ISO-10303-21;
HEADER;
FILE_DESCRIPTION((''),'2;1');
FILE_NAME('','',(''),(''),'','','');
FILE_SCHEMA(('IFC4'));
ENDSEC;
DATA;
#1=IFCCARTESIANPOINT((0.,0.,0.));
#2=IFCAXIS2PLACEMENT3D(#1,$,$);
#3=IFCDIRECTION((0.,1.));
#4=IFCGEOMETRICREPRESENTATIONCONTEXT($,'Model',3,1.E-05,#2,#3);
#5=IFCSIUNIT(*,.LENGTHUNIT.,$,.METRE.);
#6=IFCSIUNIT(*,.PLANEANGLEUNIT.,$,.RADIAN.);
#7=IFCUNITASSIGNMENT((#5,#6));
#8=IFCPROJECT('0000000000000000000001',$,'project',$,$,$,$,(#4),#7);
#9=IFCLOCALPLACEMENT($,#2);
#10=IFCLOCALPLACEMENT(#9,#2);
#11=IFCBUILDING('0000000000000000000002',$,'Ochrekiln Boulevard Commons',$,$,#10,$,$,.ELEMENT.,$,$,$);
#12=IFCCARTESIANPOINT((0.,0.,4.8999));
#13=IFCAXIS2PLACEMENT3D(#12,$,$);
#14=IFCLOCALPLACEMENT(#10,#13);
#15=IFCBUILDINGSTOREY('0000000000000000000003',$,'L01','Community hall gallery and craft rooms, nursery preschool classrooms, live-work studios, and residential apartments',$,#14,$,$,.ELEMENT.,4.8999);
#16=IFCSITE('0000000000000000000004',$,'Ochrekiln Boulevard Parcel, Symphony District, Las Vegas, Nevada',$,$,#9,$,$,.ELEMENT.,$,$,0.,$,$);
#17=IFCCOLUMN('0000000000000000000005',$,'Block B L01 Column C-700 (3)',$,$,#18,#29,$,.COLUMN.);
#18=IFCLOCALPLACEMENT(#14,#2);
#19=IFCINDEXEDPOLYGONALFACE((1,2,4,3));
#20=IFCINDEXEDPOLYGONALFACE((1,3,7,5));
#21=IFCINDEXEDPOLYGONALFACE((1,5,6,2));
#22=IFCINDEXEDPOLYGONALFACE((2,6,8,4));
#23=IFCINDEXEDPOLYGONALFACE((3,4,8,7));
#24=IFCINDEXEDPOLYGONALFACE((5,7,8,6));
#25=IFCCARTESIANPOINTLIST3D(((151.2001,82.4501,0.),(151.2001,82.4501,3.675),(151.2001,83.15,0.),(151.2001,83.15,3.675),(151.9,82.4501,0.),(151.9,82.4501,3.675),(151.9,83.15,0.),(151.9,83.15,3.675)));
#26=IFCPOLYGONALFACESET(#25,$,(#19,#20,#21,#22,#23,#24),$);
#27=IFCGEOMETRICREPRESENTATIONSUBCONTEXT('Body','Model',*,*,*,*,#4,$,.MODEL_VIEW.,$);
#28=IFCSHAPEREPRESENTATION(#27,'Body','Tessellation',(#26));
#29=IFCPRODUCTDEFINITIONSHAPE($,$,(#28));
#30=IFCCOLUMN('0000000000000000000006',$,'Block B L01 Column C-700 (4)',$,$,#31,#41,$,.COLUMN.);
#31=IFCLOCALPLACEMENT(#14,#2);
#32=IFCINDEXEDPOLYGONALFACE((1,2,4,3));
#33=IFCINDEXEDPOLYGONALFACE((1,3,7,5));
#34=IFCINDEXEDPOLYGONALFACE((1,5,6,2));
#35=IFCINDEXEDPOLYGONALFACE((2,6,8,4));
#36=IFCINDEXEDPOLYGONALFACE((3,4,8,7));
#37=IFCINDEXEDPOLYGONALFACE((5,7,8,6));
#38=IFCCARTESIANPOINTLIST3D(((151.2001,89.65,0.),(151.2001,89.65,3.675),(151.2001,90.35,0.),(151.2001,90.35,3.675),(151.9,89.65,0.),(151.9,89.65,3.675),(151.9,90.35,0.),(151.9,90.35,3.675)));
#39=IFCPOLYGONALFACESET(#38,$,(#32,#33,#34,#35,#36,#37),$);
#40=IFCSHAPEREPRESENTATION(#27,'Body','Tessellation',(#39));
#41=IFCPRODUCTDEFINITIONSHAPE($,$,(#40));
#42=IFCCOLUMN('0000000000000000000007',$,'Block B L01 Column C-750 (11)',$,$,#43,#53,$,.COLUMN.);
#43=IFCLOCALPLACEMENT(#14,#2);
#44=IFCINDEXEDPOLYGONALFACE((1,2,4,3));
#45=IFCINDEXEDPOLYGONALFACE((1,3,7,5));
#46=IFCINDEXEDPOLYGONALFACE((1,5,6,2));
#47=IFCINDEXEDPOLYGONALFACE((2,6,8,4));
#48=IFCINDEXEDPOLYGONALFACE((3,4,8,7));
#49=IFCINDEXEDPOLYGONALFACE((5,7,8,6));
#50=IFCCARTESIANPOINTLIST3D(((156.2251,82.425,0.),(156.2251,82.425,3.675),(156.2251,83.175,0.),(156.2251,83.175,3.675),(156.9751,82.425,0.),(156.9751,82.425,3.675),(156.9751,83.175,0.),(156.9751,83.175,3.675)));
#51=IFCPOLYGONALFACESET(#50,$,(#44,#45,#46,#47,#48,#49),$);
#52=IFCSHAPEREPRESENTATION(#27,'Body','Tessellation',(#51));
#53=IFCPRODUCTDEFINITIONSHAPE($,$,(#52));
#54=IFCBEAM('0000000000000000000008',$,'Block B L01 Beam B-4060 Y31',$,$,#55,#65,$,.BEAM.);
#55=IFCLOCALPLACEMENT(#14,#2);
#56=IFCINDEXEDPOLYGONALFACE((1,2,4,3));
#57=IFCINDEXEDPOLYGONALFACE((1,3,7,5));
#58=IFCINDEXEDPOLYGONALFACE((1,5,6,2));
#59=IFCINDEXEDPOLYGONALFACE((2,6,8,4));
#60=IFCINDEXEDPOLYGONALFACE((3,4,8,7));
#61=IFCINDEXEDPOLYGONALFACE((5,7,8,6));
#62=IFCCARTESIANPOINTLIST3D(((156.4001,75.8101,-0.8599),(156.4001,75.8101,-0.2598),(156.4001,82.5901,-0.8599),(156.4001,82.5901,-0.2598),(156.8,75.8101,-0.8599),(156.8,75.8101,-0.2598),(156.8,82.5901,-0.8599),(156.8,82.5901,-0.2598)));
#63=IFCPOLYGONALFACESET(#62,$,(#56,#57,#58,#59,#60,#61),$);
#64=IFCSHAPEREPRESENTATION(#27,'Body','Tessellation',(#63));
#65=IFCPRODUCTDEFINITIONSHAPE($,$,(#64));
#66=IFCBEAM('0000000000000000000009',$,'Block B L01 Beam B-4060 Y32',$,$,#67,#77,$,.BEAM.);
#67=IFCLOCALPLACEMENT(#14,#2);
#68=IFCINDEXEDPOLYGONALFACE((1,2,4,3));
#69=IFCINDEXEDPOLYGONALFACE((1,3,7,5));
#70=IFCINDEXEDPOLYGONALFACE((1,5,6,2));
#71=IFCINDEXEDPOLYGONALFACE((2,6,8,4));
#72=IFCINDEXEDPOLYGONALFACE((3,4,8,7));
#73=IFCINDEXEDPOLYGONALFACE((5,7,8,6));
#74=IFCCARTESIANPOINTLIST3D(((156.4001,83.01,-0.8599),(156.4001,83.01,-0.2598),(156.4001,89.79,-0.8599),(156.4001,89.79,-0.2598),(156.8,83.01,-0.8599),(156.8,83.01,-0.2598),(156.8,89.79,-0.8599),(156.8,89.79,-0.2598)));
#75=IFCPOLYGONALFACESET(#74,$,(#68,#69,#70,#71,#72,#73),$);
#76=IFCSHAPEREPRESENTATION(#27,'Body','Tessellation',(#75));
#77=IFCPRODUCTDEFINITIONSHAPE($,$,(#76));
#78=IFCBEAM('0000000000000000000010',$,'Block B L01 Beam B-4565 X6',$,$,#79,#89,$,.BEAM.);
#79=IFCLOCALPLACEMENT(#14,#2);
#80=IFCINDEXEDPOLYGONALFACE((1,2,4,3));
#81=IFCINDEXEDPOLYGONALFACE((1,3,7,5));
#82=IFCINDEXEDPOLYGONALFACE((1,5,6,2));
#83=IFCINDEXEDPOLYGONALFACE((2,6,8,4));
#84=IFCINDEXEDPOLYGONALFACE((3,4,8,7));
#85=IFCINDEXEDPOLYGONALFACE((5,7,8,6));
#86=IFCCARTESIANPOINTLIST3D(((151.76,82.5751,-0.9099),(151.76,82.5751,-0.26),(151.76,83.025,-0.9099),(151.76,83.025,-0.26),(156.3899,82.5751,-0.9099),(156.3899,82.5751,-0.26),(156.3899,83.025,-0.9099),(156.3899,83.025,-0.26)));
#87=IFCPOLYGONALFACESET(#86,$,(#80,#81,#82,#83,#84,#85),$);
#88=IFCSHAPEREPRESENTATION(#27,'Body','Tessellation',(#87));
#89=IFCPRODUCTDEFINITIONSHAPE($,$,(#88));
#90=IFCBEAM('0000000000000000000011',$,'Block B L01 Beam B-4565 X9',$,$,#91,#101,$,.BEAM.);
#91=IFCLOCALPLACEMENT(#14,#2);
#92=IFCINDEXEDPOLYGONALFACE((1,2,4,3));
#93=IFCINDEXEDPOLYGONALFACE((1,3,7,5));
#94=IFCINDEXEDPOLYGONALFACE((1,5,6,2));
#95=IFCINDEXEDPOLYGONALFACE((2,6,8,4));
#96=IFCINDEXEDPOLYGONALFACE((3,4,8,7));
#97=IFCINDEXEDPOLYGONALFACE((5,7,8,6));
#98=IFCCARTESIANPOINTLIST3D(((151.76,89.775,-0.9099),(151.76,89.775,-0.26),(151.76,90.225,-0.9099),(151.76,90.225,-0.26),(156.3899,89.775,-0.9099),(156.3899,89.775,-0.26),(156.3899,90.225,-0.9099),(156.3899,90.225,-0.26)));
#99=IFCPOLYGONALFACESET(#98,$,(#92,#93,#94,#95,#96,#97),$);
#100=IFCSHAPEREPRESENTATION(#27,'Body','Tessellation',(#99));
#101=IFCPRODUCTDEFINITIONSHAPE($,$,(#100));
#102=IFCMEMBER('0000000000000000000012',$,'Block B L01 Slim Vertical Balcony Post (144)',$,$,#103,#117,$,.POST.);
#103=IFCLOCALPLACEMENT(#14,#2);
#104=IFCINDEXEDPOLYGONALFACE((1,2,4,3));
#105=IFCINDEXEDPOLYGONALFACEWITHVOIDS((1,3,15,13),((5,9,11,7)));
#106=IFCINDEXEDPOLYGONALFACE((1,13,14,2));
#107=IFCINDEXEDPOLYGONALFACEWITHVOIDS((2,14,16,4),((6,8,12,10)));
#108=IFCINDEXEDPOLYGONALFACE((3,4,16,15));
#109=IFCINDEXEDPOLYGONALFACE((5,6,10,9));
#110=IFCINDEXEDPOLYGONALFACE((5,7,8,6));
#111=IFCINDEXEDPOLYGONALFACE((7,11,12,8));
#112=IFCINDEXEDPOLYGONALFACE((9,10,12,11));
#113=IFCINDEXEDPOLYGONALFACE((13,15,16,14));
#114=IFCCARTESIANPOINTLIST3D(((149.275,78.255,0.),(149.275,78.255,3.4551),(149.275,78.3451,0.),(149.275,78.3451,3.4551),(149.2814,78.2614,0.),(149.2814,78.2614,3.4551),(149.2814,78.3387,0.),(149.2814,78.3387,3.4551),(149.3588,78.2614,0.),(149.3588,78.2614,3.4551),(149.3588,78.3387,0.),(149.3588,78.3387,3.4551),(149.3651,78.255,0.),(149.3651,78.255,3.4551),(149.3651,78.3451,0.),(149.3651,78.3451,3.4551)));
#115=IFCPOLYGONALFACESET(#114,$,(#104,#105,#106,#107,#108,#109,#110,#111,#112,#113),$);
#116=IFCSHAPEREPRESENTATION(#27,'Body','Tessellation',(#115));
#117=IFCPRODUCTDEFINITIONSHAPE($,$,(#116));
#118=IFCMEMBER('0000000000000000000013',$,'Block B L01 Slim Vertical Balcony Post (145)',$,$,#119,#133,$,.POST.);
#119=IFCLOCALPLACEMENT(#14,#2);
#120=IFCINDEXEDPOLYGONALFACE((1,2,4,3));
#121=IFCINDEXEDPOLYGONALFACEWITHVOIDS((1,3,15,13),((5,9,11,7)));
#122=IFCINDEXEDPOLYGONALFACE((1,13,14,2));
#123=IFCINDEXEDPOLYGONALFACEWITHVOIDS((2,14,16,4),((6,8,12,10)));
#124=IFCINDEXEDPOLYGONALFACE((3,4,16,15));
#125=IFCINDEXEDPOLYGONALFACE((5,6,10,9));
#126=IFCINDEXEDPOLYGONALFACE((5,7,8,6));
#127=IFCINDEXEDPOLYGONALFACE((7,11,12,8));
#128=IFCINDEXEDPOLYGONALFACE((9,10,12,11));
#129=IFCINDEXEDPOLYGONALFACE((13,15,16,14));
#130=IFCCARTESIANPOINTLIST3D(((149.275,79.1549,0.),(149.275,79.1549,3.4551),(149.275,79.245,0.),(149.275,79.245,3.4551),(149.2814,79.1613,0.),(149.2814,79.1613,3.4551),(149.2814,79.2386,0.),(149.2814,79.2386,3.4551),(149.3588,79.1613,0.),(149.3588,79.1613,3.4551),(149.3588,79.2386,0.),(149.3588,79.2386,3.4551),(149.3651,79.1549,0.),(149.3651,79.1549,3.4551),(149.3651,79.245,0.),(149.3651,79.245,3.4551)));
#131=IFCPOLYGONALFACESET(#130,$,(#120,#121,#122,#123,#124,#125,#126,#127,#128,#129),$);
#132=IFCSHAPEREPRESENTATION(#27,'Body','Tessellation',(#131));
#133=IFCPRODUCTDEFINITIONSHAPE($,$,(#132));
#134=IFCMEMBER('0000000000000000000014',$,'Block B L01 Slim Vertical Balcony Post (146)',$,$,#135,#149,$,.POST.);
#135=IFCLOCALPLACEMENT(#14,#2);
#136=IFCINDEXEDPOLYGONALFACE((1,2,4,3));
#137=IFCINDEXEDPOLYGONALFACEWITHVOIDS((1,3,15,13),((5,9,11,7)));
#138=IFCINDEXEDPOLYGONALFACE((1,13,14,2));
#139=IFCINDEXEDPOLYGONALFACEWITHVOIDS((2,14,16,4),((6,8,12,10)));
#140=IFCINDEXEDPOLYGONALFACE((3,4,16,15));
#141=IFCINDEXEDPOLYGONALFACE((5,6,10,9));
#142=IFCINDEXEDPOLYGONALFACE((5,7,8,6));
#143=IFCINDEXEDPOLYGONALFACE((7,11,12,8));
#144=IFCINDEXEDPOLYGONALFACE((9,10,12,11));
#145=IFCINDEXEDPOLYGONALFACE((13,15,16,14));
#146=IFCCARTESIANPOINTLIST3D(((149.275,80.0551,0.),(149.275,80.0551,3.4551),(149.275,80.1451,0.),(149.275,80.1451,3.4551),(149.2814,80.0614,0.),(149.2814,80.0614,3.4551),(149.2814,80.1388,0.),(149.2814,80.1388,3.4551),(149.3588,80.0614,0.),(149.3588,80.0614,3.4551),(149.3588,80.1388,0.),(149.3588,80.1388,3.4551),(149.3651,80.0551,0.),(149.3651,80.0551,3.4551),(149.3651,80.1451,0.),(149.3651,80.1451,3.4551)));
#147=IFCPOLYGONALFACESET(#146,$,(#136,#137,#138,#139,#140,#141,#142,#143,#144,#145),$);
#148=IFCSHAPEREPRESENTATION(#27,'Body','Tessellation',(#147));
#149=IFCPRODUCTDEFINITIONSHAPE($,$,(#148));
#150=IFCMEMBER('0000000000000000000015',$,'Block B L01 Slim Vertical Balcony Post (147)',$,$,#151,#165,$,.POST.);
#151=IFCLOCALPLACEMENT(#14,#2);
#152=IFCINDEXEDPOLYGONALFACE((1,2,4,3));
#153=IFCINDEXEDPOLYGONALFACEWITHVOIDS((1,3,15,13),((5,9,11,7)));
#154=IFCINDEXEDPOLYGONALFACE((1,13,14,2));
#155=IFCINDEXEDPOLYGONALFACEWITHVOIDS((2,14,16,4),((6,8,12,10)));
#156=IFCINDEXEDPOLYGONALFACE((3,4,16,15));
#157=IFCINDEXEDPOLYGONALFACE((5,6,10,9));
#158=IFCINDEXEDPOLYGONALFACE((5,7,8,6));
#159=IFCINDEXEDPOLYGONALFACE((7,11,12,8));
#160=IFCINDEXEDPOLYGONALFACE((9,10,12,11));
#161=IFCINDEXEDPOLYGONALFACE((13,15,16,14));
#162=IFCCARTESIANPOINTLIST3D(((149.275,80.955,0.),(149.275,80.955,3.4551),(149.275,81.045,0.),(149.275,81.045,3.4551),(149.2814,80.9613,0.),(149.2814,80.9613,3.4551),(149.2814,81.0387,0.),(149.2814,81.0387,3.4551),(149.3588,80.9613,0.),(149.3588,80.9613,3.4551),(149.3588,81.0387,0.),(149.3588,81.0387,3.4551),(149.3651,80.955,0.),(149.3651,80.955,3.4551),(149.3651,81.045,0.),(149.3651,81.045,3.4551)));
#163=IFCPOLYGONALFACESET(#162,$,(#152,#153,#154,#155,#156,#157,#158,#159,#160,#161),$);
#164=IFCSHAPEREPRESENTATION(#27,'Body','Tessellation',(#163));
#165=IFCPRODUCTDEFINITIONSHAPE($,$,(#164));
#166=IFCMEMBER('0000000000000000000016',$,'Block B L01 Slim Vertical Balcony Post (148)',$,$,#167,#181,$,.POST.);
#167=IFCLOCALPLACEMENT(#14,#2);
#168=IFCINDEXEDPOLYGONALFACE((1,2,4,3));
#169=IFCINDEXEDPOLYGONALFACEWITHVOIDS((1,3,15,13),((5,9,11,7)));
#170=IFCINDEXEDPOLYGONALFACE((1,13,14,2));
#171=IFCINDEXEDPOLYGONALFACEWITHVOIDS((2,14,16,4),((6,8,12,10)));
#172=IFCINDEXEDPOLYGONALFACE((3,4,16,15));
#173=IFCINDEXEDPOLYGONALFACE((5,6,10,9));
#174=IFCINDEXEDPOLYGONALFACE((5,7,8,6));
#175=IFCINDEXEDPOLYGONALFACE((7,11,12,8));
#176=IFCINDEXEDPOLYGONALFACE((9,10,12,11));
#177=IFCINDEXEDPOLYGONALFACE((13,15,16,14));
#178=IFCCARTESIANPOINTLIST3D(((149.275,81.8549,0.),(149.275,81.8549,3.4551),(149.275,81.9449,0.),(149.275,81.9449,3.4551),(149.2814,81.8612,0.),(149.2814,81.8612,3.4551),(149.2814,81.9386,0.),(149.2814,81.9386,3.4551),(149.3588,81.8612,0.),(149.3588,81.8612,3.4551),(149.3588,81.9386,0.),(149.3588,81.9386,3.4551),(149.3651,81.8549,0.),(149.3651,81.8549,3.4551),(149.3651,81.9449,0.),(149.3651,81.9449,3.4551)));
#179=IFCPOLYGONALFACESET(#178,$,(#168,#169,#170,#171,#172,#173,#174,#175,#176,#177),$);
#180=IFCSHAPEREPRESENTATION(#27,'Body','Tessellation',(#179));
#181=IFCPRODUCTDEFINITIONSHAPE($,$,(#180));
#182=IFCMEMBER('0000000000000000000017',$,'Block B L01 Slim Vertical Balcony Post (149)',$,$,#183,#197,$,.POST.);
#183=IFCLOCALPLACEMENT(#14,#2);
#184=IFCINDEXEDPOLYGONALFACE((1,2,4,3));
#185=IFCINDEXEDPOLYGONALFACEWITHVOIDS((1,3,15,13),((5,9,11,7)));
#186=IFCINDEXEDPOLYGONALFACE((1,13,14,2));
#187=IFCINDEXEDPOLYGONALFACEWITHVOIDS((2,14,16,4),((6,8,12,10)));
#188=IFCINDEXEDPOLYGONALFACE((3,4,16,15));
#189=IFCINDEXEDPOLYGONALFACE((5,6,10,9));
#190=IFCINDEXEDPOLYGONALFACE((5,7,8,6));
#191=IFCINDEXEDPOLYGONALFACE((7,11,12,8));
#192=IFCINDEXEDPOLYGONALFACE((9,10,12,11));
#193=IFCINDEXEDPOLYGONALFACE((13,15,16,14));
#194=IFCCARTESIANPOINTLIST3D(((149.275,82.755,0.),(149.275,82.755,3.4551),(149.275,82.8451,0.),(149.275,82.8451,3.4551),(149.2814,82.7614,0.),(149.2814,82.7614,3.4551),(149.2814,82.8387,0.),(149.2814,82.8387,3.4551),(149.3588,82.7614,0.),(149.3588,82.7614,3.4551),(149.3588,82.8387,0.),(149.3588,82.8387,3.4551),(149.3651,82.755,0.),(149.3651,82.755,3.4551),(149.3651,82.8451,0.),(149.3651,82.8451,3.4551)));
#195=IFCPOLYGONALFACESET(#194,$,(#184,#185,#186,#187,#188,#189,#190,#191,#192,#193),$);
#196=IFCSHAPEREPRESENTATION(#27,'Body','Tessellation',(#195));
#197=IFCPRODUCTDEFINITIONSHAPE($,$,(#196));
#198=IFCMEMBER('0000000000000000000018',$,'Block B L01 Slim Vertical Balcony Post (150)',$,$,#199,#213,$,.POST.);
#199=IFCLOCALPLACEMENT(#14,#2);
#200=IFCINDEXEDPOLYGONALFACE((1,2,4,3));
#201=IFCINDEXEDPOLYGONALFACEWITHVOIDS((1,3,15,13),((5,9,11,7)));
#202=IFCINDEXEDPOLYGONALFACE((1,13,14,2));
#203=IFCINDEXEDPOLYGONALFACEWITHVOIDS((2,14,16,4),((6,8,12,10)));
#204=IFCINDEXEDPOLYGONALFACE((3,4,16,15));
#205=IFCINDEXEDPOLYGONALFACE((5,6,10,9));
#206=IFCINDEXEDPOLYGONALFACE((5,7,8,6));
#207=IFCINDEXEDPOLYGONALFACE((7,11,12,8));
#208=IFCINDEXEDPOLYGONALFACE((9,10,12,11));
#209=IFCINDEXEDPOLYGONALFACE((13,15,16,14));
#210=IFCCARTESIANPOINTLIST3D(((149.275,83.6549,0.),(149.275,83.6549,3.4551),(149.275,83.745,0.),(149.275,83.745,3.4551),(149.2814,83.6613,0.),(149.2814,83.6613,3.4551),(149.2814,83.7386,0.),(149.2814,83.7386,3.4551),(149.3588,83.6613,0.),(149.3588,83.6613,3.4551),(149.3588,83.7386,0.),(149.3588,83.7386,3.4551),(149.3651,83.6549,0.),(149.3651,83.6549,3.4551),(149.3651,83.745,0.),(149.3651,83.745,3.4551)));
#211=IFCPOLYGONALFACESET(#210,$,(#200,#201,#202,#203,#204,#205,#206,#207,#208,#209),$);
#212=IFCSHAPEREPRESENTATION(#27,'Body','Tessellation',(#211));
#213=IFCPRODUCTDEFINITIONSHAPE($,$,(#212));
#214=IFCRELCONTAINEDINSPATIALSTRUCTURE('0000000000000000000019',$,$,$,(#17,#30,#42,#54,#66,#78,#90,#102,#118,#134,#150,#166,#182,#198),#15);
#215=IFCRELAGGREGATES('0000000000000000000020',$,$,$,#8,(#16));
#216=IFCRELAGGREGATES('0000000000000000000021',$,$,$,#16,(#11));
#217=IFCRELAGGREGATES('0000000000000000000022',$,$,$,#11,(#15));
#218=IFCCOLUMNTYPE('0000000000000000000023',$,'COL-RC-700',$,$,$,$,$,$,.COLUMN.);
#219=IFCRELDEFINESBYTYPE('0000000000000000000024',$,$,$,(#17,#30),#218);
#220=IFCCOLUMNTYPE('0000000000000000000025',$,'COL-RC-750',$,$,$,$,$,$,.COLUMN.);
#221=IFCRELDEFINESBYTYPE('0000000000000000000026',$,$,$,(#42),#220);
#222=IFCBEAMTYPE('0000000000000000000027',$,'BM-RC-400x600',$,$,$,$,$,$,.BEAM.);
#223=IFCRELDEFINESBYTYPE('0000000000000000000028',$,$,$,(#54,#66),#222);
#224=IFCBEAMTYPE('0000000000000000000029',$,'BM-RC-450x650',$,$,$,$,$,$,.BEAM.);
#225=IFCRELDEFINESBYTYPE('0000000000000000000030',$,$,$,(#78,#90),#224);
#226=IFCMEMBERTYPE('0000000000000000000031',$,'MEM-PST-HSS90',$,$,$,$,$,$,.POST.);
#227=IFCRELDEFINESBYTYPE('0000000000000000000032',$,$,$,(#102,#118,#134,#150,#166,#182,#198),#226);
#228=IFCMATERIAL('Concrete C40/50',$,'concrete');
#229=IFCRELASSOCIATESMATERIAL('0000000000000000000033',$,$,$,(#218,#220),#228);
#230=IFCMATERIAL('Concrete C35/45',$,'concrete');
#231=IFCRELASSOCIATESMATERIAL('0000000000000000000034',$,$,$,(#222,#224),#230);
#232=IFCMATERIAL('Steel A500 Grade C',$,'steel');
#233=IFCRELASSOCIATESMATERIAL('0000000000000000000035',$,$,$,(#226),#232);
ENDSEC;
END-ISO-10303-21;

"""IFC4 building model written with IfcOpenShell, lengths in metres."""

from ifc_helpers import new_model, si_unit, direction, frame, origin, origin_2d, place, context, subcontext, project, spatial, rectangle, hollow_rectangle, extrude, material, material_profile, profile_set, type_object, element, save


model = new_model("IFC4")

# Units and contexts
model_context = context("Model", 3, precision=1e-05, world=origin(), true_north=direction((0.0, 1.0)))
body_context = subcontext(model_context, "Body", "Model", "MODEL_VIEW")
ifc_project = project(units=[si_unit("LENGTHUNIT", "METRE"), si_unit("PLANEANGLEUNIT", "RADIAN")], contexts=[model_context])

# Site, building, storey
site_placement = place(None, origin())
site = spatial("IfcSite", under=ifc_project, at=site_placement, Name="Ochrekiln Boulevard Parcel, Symphony District, Las Vegas, Nevada", CompositionType="ELEMENT", RefElevation=0.0)
building_placement = place(site_placement, origin())
building = spatial("IfcBuilding", under=site, at=building_placement, Name="Ochrekiln Boulevard Commons", CompositionType="ELEMENT")
storey_placement = place(building_placement, frame((0.0, 0.0, 4.8999)))
storey = spatial("IfcBuildingStorey", under=building, at=storey_placement, Name="L01", Description="Community hall gallery and craft rooms, nursery preschool classrooms, live-work studios, and residential apartments", CompositionType="ELEMENT", Elevation=4.8999)

# Columns
ifc_material_1 = material(Name="Concrete C40/50", Category="concrete")
ifc_material_profile_1 = material_profile(ifc_material_1, rectangle(XDim=0.7, YDim=0.7, at=origin_2d()), Name="RC-COL-700x700")
ifc_profile_set_1 = profile_set([ifc_material_profile_1], Name="Concrete C40/50")
column_type_1 = type_object("IfcColumnType", Name="COL-RC-700", PredefinedType="COLUMN", material=ifc_profile_set_1)
for number, where, z_axis, x_axis, name in (
    (1, (151.55, 82.8, 0.0), (0.0, 0.0, 1.0), (1.0, 0.0, 0.0), "Block B L01 Column C-700 (3)"),
    (2, (151.55, 90.0, 0.0), (0.0, 0.0, 1.0), (1.0, 0.0, 0.0), "Block B L01 Column C-700 (4)"),
):
    element("IfcColumn", number, at=place(storey_placement, frame(where, z_axis=z_axis, x_axis=x_axis)), inside=storey, type_object=column_type_1, Name=name, PredefinedType="COLUMN", context=body_context, shape_type="SweptSolid", body=[
        extrude(rectangle(XDim=0.7, YDim=0.7, at=origin_2d()), origin(), (0.0, 0.0, 1.0), 3.675),
    ])
ifc_material_profile_2 = material_profile(ifc_material_1, rectangle(XDim=0.75, YDim=0.75, at=origin_2d()), Name="RC-COL-750x750")
ifc_profile_set_2 = profile_set([ifc_material_profile_2], Name="Concrete C40/50")
column_type_2 = type_object("IfcColumnType", Name="COL-RC-750", PredefinedType="COLUMN", material=ifc_profile_set_2)
column_placement = place(storey_placement, frame((156.6001, 82.8, 0.0), z_axis=(0.0, 0.0, 1.0), x_axis=(1.0, 0.0, 0.0)))
element("IfcColumn", 3, at=column_placement, inside=storey, type_object=column_type_2, Name="Block B L01 Column C-750 (11)", PredefinedType="COLUMN", context=body_context, shape_type="SweptSolid", body=[
    extrude(rectangle(XDim=0.75, YDim=0.75, at=origin_2d()), origin(), (0.0, 0.0, 1.0), 3.675),
])

# Beams
ifc_material_2 = material(Name="Concrete C35/45", Category="concrete")
ifc_material_profile_3 = material_profile(ifc_material_2, rectangle(XDim=0.3999, YDim=0.6001, at=origin_2d()), Name="RC-BM-400x600")
ifc_profile_set_3 = profile_set([ifc_material_profile_3], Name="Concrete C35/45")
beam_type_1 = type_object("IfcBeamType", Name="BM-RC-400x600", PredefinedType="BEAM", material=ifc_profile_set_3)
for number, where, z_axis, x_axis, name in (
    (4, (156.6001, 75.8101, -0.5598), (0.0, 1.0, 0.0), (-1.0, 0.0, 0.0), "Block B L01 Beam B-4060 Y31"),
    (5, (156.6001, 83.01, -0.5598), (0.0, 1.0, 0.0), (-1.0, 0.0, 0.0), "Block B L01 Beam B-4060 Y32"),
):
    element("IfcBeam", number, at=place(storey_placement, frame(where, z_axis=z_axis, x_axis=x_axis)), inside=storey, type_object=beam_type_1, Name=name, PredefinedType="BEAM", context=body_context, shape_type="SweptSolid", body=[
        extrude(rectangle(XDim=0.3999, YDim=0.6001, at=origin_2d()), origin(), (0.0, 0.0, 1.0), 6.78),
    ])
ifc_material_profile_4 = material_profile(ifc_material_2, rectangle(XDim=0.45, YDim=0.6499, at=origin_2d()), Name="RC-BM-450x650")
ifc_profile_set_4 = profile_set([ifc_material_profile_4], Name="Concrete C35/45")
beam_type_2 = type_object("IfcBeamType", Name="BM-RC-450x650", PredefinedType="BEAM", material=ifc_profile_set_4)
for number, where, z_axis, x_axis, name in (
    (6, (151.76, 82.8, -0.585), (1.0, 0.0, 0.0), (0.0, 1.0, 0.0), "Block B L01 Beam B-4565 X6"),
    (7, (151.76, 90.0, -0.585), (1.0, 0.0, 0.0), (0.0, 1.0, 0.0), "Block B L01 Beam B-4565 X9"),
):
    element("IfcBeam", number, at=place(storey_placement, frame(where, z_axis=z_axis, x_axis=x_axis)), inside=storey, type_object=beam_type_2, Name=name, PredefinedType="BEAM", context=body_context, shape_type="SweptSolid", body=[
        extrude(rectangle(XDim=0.45, YDim=0.6499, at=origin_2d()), origin(), (0.0, 0.0, 1.0), 4.6299),
    ])

# Members
ifc_material_3 = material(Name="Steel A500 Grade C", Category="steel")
ifc_material_profile_5 = material_profile(ifc_material_3, hollow_rectangle(XDim=0.0901, YDim=0.0901, WallThickness=0.0063, at=origin_2d()), Name="HSS90X90X6.4")
ifc_profile_set_5 = profile_set([ifc_material_profile_5], Name="Steel A500 Grade C")
member_type = type_object("IfcMemberType", Name="MEM-PST-HSS90", PredefinedType="POST", material=ifc_profile_set_5)
for number, where, z_axis, x_axis, name in (
    (8, (149.3201, 78.3, 0.0), (0.0, 0.0, 1.0), (1.0, 0.0, 0.0), "Block B L01 Slim Vertical Balcony Post (144)"),
    (9, (149.3201, 79.2, 0.0), (0.0, 0.0, 1.0), (1.0, 0.0, 0.0), "Block B L01 Slim Vertical Balcony Post (145)"),
    (10, (149.3201, 80.1001, 0.0), (0.0, 0.0, 1.0), (1.0, 0.0, 0.0), "Block B L01 Slim Vertical Balcony Post (146)"),
    (11, (149.3201, 81.0, 0.0), (0.0, 0.0, 1.0), (1.0, 0.0, 0.0), "Block B L01 Slim Vertical Balcony Post (147)"),
    (12, (149.3201, 81.8999, 0.0), (0.0, 0.0, 1.0), (1.0, 0.0, 0.0), "Block B L01 Slim Vertical Balcony Post (148)"),
    (13, (149.3201, 82.8, 0.0), (0.0, 0.0, 1.0), (1.0, 0.0, 0.0), "Block B L01 Slim Vertical Balcony Post (149)"),
    (14, (149.3201, 83.7, 0.0), (0.0, 0.0, 1.0), (1.0, 0.0, 0.0), "Block B L01 Slim Vertical Balcony Post (150)"),
):
    element("IfcMember", number, at=place(storey_placement, frame(where, z_axis=z_axis, x_axis=x_axis)), inside=storey, type_object=member_type, Name=name, PredefinedType="POST", context=body_context, shape_type="SweptSolid", body=[
        extrude(hollow_rectangle(XDim=0.0901, YDim=0.0901, WallThickness=0.0063, at=origin_2d()), origin(), (0.0, 0.0, 1.0), 3.4551),
    ])

save(model, "model.ifc")
